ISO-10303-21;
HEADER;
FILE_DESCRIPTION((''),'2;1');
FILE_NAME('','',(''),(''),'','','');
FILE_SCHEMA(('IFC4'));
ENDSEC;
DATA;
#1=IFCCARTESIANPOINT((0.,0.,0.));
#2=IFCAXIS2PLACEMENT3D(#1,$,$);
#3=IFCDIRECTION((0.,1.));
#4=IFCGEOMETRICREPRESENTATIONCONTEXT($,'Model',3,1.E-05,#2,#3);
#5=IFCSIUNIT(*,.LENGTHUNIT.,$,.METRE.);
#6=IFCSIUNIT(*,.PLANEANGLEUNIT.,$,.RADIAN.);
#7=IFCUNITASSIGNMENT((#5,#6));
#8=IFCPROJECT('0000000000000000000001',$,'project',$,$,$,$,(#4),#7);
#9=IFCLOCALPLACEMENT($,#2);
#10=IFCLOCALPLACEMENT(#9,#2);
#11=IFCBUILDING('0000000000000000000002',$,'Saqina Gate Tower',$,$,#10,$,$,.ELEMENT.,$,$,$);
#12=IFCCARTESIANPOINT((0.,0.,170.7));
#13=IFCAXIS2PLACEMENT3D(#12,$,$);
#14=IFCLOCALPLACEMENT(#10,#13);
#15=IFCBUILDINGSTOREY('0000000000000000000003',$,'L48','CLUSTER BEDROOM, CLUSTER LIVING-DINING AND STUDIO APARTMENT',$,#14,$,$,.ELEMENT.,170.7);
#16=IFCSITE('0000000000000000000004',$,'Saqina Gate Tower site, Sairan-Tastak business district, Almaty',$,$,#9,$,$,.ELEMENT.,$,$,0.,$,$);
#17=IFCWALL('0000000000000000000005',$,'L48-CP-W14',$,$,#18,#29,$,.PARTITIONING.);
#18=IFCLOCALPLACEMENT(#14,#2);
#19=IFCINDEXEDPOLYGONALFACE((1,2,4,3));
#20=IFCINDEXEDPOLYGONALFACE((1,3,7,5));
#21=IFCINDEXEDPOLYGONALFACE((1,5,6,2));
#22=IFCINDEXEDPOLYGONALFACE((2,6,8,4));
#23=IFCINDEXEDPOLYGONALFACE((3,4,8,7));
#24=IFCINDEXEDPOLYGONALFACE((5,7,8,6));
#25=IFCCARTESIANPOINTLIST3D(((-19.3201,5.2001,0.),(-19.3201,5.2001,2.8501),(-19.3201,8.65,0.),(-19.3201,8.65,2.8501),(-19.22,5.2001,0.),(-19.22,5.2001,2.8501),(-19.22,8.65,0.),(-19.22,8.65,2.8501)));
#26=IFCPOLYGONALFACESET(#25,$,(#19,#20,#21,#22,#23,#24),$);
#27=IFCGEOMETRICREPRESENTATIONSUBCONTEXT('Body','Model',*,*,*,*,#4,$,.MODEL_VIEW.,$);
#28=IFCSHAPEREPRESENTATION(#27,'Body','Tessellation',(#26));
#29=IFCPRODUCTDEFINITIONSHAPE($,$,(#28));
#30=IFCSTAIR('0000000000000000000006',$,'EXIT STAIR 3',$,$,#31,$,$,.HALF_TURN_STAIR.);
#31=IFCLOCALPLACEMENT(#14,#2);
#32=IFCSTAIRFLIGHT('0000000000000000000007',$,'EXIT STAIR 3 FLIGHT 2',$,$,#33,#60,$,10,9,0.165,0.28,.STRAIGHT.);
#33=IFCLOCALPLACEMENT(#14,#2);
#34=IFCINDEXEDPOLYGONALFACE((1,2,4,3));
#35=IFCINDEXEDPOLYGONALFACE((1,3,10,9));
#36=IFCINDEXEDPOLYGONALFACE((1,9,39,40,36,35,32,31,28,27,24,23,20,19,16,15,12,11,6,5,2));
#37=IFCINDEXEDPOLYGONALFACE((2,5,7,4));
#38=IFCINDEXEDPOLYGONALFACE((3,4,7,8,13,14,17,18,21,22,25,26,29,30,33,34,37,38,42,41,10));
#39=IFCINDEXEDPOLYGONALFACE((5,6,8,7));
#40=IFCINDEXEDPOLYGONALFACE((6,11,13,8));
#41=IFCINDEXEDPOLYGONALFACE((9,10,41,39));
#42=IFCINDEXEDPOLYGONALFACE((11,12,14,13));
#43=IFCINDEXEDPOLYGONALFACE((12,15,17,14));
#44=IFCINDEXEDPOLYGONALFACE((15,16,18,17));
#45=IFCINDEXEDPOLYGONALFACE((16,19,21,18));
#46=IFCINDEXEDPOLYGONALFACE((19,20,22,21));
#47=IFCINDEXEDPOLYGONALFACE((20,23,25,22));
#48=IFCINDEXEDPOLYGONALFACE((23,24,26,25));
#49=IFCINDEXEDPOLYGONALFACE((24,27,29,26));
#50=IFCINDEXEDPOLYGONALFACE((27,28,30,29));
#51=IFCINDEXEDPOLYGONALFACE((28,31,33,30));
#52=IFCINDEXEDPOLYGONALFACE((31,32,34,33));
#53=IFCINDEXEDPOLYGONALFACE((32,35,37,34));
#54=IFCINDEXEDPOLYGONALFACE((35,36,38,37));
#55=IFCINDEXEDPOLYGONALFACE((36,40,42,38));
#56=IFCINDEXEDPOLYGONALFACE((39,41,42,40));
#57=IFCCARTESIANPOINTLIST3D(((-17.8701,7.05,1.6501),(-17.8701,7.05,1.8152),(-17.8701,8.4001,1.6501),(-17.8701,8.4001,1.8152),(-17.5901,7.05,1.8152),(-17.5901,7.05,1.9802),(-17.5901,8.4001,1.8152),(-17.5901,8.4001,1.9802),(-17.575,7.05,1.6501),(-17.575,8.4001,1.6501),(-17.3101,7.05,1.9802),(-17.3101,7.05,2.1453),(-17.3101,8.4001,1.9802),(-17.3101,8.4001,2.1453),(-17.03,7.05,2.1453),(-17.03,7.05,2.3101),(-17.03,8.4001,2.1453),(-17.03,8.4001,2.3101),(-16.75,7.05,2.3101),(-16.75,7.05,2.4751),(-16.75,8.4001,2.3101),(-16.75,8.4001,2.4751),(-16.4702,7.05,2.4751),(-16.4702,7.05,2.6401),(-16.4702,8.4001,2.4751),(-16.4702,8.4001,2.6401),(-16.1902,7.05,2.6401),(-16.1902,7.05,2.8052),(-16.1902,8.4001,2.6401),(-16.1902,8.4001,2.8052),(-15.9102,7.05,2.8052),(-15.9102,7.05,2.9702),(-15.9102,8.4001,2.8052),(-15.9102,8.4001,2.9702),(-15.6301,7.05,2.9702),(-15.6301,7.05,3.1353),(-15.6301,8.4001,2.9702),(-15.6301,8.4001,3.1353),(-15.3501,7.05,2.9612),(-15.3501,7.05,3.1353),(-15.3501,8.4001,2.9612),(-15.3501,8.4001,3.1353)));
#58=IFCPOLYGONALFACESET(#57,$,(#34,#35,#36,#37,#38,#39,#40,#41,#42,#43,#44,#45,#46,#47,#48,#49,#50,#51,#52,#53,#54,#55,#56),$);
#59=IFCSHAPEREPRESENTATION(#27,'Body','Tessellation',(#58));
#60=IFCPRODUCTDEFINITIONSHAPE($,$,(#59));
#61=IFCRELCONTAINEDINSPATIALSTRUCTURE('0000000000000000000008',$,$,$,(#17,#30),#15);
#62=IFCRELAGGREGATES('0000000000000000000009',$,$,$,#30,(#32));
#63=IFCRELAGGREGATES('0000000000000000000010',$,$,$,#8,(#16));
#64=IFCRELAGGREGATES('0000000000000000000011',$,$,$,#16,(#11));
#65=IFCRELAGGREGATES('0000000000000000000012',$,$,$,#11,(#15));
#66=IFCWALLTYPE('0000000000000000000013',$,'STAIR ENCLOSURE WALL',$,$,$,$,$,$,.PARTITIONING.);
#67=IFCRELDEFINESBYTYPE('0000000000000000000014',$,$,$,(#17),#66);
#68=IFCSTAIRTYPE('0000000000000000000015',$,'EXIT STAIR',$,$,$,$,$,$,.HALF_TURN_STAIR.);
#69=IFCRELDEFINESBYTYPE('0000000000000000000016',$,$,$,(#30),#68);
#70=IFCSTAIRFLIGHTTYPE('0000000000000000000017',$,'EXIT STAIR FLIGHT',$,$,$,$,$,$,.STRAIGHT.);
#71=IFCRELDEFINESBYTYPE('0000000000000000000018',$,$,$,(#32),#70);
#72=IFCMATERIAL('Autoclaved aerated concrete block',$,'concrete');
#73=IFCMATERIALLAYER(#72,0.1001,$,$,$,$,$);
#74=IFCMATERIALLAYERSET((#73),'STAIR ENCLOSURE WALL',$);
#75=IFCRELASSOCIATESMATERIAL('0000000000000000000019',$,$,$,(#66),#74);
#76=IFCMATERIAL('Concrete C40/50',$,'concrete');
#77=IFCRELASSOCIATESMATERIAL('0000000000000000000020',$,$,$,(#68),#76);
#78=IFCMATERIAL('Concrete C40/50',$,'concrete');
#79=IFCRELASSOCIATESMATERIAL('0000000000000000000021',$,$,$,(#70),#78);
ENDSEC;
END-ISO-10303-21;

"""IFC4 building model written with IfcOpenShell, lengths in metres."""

from ifc_helpers import new_model, si_unit, direction, frame, frame_2d, origin, place, context, subcontext, project, spatial, polyline, rectangle, outline, extrude, material, layer, layer_set, type_object, element, aggregate, save


model = new_model("IFC4")

# Units and contexts
model_context = context("Model", 3, precision=1e-05, world=origin(), true_north=direction((0.0, 1.0)))
body_context = subcontext(model_context, "Body", "Model", "MODEL_VIEW")
ifc_project = project(units=[si_unit("LENGTHUNIT", "METRE"), si_unit("PLANEANGLEUNIT", "RADIAN")], contexts=[model_context])

# Site, building, storey
site_placement = place(None, origin())
site = spatial("IfcSite", under=ifc_project, at=site_placement, Name="Saqina Gate Tower site, Sairan-Tastak business district, Almaty", CompositionType="ELEMENT", RefElevation=0.0)
building_placement = place(site_placement, origin())
building = spatial("IfcBuilding", under=site, at=building_placement, Name="Saqina Gate Tower", CompositionType="ELEMENT")
storey_placement = place(building_placement, frame((0.0, 0.0, 170.7)))
storey = spatial("IfcBuildingStorey", under=building, at=storey_placement, Name="L48", Description="CLUSTER BEDROOM, CLUSTER LIVING-DINING AND STUDIO APARTMENT", CompositionType="ELEMENT", Elevation=170.7)

# Wall
ifc_material_1 = material(Name="Autoclaved aerated concrete block", Category="concrete")
ifc_layer_1 = layer(ifc_material_1, 0.1001)
ifc_layer_set_1 = layer_set([ifc_layer_1], Name="STAIR ENCLOSURE WALL")
wall_type_1 = type_object("IfcWallType", Name="STAIR ENCLOSURE WALL", PredefinedType="PARTITIONING", material=ifc_layer_set_1)
wall_1_placement = place(storey_placement, frame((-19.27, 5.2, 0.0), z_axis=(0.0, 0.0, 1.0), x_axis=(0.0, 1.0, 0.0)))
element("IfcWall", 1, at=wall_1_placement, inside=storey, type_object=wall_type_1, Name="L48-CP-W14", PredefinedType="PARTITIONING", context=body_context, shape_type="SweptSolid", body=[
    extrude(rectangle(XDim=3.45, YDim=0.1001, at=frame_2d((1.7251, 0.0))), origin(), (0.0, 0.0, 1.0), 2.8501),
])

# Stair, stair flight
ifc_material_2 = material(Name="Concrete C40/50", Category="concrete")
stair_type = type_object("IfcStairType", Name="EXIT STAIR", PredefinedType="HALF_TURN_STAIR", material=ifc_material_2)
stair_placement = place(storey_placement, origin())
stair = element("IfcStair", 2, at=stair_placement, inside=storey, type_object=stair_type, Name="EXIT STAIR 3", PredefinedType="HALF_TURN_STAIR")
ifc_material_3 = material(Name="Concrete C40/50", Category="concrete")
stair_flight_type = type_object("IfcStairFlightType", Name="EXIT STAIR FLIGHT", PredefinedType="STRAIGHT", material=ifc_material_3)
stair_flight_placement = place(storey_placement, frame((-17.8701, 7.7251, 1.6501), z_axis=(0.0, 0.0, 1.0), x_axis=(1.0, 0.0, 0.0)))
stair_flight = element("IfcStairFlight", 3, at=stair_flight_placement, type_object=stair_flight_type, Name="EXIT STAIR 3 FLIGHT 2", NumberOfRisers=10, NumberOfTreads=9, PredefinedType="STRAIGHT", RiserHeight=0.165, TreadLength=0.28, context=body_context, shape_type="SweptSolid", body=[
    extrude(outline(polyline([(0.0, 0.0), (0.0, 0.165), (0.28, 0.165), (0.28, 0.3301), (0.5601, 0.3301), (0.5601, 0.4951), (0.8401, 0.4951), (0.8401, 0.6599), (1.1201, 0.6599), (1.1201, 0.825), (1.3999, 0.825), (1.3999, 0.99), (1.6799, 0.99), (1.6799, 1.155), (1.96, 1.155), (1.96, 1.3201), (2.24, 1.3201), (2.24, 1.4851), (2.52, 1.4851), (2.52, 1.6499), (2.52, 1.311), (0.2952, 0.0), (0.0, 0.0)])), frame((0.0, 0.675, 0.0), z_axis=(0.0, -1.0, 0.0), x_axis=(1.0, 0.0, 0.0)), (0.0, 0.0, 1.0), 1.3501),
])
aggregate(stair, [stair_flight])

save(model, "model.ifc")
